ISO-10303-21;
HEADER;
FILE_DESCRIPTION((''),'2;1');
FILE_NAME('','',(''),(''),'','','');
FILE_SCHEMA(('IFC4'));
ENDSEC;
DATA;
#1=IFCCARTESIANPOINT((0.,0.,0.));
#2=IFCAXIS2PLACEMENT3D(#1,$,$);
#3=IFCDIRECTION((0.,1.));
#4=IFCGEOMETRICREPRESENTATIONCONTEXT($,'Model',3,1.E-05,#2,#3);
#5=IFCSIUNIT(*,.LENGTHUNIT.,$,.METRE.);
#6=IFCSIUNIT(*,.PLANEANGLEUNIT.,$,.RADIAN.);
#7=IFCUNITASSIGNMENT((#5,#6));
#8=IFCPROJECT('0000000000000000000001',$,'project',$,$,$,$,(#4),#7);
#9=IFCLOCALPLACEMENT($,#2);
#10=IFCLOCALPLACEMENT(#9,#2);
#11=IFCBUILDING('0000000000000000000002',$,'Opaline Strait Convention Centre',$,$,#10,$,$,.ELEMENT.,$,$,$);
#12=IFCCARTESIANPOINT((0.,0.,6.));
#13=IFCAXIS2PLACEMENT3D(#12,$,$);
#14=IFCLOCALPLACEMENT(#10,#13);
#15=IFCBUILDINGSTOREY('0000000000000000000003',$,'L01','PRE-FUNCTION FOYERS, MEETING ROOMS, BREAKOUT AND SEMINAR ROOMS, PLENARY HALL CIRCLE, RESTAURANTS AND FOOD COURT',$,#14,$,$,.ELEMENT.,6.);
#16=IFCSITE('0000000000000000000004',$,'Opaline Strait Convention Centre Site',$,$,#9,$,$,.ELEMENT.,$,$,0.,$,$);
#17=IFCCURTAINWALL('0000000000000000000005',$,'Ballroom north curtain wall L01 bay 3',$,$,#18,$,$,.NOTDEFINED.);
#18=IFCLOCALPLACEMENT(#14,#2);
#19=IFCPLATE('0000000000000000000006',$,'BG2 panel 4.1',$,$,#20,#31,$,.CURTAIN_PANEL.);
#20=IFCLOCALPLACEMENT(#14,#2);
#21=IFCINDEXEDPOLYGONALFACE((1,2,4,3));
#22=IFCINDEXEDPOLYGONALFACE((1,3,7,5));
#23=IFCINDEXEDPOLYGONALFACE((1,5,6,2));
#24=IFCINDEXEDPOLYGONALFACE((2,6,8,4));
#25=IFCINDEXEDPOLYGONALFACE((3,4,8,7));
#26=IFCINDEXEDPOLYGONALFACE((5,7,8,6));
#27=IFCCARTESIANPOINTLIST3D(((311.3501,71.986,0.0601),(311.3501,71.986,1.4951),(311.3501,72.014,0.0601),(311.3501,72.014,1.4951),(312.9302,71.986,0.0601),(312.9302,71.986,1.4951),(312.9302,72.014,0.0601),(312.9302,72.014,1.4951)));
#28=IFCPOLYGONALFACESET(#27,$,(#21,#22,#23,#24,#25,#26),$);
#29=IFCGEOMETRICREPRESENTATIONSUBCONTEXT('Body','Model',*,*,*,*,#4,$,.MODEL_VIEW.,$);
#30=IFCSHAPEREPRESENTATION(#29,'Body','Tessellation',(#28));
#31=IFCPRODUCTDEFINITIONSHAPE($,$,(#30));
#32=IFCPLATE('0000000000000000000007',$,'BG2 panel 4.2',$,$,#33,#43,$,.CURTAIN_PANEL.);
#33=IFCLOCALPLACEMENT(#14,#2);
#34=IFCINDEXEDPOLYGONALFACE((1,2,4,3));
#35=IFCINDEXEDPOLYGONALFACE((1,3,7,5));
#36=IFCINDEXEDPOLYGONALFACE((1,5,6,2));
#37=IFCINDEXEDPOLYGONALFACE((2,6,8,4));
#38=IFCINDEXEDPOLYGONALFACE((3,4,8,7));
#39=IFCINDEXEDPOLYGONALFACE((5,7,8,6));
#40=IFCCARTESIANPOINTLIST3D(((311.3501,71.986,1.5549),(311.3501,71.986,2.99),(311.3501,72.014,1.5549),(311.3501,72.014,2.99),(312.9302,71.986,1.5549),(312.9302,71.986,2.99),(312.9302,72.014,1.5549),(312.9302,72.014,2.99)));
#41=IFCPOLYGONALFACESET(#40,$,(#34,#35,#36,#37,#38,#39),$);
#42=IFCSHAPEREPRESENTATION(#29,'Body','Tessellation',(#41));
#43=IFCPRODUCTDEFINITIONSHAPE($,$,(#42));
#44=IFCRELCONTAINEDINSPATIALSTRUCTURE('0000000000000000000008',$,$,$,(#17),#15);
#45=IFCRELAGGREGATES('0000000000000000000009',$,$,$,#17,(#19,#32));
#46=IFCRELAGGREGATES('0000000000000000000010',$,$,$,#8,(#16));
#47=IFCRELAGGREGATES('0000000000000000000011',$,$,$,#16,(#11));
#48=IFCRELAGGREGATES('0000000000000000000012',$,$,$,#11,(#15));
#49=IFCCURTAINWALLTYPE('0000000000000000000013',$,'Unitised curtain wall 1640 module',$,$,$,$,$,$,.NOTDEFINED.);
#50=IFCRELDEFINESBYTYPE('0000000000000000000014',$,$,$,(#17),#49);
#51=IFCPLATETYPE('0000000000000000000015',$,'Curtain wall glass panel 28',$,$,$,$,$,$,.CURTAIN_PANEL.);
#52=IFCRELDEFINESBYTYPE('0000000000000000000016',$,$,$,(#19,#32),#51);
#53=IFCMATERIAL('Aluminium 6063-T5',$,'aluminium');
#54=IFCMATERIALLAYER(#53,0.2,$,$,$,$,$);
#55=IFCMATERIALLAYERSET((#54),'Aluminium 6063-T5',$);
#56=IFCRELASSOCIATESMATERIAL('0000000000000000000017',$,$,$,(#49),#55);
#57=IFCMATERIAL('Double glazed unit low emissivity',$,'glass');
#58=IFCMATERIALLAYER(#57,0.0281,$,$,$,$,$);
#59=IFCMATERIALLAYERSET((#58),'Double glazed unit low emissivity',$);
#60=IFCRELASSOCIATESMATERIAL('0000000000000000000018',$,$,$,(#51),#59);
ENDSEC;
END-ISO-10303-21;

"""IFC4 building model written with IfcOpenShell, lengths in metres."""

from ifc_helpers import new_model, si_unit, direction, frame, origin, origin_2d, place, context, subcontext, project, spatial, rectangle, extrude, material, layer, layer_set, type_object, element, aggregate, save


model = new_model("IFC4")

# Units and contexts
model_context = context("Model", 3, precision=1e-05, world=origin(), true_north=direction((0.0, 1.0)))
body_context = subcontext(model_context, "Body", "Model", "MODEL_VIEW")
ifc_project = project(units=[si_unit("LENGTHUNIT", "METRE"), si_unit("PLANEANGLEUNIT", "RADIAN")], contexts=[model_context])

# Site, building, storey
site_placement = place(None, origin())
site = spatial("IfcSite", under=ifc_project, at=site_placement, Name="Opaline Strait Convention Centre Site", CompositionType="ELEMENT", RefElevation=0.0)
building_placement = place(site_placement, origin())
building = spatial("IfcBuilding", under=site, at=building_placement, Name="Opaline Strait Convention Centre", CompositionType="ELEMENT")
storey_placement = place(building_placement, frame((0.0, 0.0, 6.0)))
storey = spatial("IfcBuildingStorey", under=building, at=storey_placement, Name="L01", Description="PRE-FUNCTION FOYERS, MEETING ROOMS, BREAKOUT AND SEMINAR ROOMS, PLENARY HALL CIRCLE, RESTAURANTS AND FOOD COURT", CompositionType="ELEMENT", Elevation=6.0)

# Curtain wall
ifc_material_1 = material(Name="Aluminium 6063-T5", Category="aluminium")
ifc_layer_1 = layer(ifc_material_1, 0.2)
ifc_layer_set_1 = layer_set([ifc_layer_1], Name="Aluminium 6063-T5")
curtain_wall_type = type_object("IfcCurtainWallType", Name="Unitised curtain wall 1640 module", PredefinedType="NOTDEFINED", material=ifc_layer_set_1)
curtain_wall_1_placement = place(storey_placement, origin())
curtain_wall_1 = element("IfcCurtainWall", 1, at=curtain_wall_1_placement, inside=storey, type_object=curtain_wall_type, Name="Ballroom north curtain wall L01 bay 3", PredefinedType="NOTDEFINED")

# Plates
ifc_material_2 = material(Name="Double glazed unit low emissivity", Category="glass")
ifc_layer_2 = layer(ifc_material_2, 0.0281)
ifc_layer_set_2 = layer_set([ifc_layer_2], Name="Double glazed unit low emissivity")
plate_type = type_object("IfcPlateType", Name="Curtain wall glass panel 28", PredefinedType="CURTAIN_PANEL", material=ifc_layer_set_2)
plate_1_placement = place(storey_placement, frame((312.1401, 72.0, 0.0601), z_axis=(0.0, 0.0, 1.0), x_axis=(1.0, 0.0, 0.0)))
plate_1 = element("IfcPlate", 2, at=plate_1_placement, type_object=plate_type, Name="BG2 panel 4.1", PredefinedType="CURTAIN_PANEL", context=body_context, shape_type="SweptSolid", body=[
    extrude(rectangle(XDim=1.5801, YDim=0.0281, at=origin_2d()), origin(), (0.0, 0.0, 1.0), 1.4351),
])
plate_2_placement = place(storey_placement, frame((312.1401, 72.0, 1.5549), z_axis=(0.0, 0.0, 1.0), x_axis=(1.0, 0.0, 0.0)))
plate_2 = element("IfcPlate", 3, at=plate_2_placement, type_object=plate_type, Name="BG2 panel 4.2", PredefinedType="CURTAIN_PANEL", context=body_context, shape_type="SweptSolid", body=[
    extrude(rectangle(XDim=1.5801, YDim=0.0281, at=origin_2d()), origin(), (0.0, 0.0, 1.0), 1.4351),
])
aggregate(curtain_wall_1, [plate_1, plate_2])

save(model, "model.ifc")
